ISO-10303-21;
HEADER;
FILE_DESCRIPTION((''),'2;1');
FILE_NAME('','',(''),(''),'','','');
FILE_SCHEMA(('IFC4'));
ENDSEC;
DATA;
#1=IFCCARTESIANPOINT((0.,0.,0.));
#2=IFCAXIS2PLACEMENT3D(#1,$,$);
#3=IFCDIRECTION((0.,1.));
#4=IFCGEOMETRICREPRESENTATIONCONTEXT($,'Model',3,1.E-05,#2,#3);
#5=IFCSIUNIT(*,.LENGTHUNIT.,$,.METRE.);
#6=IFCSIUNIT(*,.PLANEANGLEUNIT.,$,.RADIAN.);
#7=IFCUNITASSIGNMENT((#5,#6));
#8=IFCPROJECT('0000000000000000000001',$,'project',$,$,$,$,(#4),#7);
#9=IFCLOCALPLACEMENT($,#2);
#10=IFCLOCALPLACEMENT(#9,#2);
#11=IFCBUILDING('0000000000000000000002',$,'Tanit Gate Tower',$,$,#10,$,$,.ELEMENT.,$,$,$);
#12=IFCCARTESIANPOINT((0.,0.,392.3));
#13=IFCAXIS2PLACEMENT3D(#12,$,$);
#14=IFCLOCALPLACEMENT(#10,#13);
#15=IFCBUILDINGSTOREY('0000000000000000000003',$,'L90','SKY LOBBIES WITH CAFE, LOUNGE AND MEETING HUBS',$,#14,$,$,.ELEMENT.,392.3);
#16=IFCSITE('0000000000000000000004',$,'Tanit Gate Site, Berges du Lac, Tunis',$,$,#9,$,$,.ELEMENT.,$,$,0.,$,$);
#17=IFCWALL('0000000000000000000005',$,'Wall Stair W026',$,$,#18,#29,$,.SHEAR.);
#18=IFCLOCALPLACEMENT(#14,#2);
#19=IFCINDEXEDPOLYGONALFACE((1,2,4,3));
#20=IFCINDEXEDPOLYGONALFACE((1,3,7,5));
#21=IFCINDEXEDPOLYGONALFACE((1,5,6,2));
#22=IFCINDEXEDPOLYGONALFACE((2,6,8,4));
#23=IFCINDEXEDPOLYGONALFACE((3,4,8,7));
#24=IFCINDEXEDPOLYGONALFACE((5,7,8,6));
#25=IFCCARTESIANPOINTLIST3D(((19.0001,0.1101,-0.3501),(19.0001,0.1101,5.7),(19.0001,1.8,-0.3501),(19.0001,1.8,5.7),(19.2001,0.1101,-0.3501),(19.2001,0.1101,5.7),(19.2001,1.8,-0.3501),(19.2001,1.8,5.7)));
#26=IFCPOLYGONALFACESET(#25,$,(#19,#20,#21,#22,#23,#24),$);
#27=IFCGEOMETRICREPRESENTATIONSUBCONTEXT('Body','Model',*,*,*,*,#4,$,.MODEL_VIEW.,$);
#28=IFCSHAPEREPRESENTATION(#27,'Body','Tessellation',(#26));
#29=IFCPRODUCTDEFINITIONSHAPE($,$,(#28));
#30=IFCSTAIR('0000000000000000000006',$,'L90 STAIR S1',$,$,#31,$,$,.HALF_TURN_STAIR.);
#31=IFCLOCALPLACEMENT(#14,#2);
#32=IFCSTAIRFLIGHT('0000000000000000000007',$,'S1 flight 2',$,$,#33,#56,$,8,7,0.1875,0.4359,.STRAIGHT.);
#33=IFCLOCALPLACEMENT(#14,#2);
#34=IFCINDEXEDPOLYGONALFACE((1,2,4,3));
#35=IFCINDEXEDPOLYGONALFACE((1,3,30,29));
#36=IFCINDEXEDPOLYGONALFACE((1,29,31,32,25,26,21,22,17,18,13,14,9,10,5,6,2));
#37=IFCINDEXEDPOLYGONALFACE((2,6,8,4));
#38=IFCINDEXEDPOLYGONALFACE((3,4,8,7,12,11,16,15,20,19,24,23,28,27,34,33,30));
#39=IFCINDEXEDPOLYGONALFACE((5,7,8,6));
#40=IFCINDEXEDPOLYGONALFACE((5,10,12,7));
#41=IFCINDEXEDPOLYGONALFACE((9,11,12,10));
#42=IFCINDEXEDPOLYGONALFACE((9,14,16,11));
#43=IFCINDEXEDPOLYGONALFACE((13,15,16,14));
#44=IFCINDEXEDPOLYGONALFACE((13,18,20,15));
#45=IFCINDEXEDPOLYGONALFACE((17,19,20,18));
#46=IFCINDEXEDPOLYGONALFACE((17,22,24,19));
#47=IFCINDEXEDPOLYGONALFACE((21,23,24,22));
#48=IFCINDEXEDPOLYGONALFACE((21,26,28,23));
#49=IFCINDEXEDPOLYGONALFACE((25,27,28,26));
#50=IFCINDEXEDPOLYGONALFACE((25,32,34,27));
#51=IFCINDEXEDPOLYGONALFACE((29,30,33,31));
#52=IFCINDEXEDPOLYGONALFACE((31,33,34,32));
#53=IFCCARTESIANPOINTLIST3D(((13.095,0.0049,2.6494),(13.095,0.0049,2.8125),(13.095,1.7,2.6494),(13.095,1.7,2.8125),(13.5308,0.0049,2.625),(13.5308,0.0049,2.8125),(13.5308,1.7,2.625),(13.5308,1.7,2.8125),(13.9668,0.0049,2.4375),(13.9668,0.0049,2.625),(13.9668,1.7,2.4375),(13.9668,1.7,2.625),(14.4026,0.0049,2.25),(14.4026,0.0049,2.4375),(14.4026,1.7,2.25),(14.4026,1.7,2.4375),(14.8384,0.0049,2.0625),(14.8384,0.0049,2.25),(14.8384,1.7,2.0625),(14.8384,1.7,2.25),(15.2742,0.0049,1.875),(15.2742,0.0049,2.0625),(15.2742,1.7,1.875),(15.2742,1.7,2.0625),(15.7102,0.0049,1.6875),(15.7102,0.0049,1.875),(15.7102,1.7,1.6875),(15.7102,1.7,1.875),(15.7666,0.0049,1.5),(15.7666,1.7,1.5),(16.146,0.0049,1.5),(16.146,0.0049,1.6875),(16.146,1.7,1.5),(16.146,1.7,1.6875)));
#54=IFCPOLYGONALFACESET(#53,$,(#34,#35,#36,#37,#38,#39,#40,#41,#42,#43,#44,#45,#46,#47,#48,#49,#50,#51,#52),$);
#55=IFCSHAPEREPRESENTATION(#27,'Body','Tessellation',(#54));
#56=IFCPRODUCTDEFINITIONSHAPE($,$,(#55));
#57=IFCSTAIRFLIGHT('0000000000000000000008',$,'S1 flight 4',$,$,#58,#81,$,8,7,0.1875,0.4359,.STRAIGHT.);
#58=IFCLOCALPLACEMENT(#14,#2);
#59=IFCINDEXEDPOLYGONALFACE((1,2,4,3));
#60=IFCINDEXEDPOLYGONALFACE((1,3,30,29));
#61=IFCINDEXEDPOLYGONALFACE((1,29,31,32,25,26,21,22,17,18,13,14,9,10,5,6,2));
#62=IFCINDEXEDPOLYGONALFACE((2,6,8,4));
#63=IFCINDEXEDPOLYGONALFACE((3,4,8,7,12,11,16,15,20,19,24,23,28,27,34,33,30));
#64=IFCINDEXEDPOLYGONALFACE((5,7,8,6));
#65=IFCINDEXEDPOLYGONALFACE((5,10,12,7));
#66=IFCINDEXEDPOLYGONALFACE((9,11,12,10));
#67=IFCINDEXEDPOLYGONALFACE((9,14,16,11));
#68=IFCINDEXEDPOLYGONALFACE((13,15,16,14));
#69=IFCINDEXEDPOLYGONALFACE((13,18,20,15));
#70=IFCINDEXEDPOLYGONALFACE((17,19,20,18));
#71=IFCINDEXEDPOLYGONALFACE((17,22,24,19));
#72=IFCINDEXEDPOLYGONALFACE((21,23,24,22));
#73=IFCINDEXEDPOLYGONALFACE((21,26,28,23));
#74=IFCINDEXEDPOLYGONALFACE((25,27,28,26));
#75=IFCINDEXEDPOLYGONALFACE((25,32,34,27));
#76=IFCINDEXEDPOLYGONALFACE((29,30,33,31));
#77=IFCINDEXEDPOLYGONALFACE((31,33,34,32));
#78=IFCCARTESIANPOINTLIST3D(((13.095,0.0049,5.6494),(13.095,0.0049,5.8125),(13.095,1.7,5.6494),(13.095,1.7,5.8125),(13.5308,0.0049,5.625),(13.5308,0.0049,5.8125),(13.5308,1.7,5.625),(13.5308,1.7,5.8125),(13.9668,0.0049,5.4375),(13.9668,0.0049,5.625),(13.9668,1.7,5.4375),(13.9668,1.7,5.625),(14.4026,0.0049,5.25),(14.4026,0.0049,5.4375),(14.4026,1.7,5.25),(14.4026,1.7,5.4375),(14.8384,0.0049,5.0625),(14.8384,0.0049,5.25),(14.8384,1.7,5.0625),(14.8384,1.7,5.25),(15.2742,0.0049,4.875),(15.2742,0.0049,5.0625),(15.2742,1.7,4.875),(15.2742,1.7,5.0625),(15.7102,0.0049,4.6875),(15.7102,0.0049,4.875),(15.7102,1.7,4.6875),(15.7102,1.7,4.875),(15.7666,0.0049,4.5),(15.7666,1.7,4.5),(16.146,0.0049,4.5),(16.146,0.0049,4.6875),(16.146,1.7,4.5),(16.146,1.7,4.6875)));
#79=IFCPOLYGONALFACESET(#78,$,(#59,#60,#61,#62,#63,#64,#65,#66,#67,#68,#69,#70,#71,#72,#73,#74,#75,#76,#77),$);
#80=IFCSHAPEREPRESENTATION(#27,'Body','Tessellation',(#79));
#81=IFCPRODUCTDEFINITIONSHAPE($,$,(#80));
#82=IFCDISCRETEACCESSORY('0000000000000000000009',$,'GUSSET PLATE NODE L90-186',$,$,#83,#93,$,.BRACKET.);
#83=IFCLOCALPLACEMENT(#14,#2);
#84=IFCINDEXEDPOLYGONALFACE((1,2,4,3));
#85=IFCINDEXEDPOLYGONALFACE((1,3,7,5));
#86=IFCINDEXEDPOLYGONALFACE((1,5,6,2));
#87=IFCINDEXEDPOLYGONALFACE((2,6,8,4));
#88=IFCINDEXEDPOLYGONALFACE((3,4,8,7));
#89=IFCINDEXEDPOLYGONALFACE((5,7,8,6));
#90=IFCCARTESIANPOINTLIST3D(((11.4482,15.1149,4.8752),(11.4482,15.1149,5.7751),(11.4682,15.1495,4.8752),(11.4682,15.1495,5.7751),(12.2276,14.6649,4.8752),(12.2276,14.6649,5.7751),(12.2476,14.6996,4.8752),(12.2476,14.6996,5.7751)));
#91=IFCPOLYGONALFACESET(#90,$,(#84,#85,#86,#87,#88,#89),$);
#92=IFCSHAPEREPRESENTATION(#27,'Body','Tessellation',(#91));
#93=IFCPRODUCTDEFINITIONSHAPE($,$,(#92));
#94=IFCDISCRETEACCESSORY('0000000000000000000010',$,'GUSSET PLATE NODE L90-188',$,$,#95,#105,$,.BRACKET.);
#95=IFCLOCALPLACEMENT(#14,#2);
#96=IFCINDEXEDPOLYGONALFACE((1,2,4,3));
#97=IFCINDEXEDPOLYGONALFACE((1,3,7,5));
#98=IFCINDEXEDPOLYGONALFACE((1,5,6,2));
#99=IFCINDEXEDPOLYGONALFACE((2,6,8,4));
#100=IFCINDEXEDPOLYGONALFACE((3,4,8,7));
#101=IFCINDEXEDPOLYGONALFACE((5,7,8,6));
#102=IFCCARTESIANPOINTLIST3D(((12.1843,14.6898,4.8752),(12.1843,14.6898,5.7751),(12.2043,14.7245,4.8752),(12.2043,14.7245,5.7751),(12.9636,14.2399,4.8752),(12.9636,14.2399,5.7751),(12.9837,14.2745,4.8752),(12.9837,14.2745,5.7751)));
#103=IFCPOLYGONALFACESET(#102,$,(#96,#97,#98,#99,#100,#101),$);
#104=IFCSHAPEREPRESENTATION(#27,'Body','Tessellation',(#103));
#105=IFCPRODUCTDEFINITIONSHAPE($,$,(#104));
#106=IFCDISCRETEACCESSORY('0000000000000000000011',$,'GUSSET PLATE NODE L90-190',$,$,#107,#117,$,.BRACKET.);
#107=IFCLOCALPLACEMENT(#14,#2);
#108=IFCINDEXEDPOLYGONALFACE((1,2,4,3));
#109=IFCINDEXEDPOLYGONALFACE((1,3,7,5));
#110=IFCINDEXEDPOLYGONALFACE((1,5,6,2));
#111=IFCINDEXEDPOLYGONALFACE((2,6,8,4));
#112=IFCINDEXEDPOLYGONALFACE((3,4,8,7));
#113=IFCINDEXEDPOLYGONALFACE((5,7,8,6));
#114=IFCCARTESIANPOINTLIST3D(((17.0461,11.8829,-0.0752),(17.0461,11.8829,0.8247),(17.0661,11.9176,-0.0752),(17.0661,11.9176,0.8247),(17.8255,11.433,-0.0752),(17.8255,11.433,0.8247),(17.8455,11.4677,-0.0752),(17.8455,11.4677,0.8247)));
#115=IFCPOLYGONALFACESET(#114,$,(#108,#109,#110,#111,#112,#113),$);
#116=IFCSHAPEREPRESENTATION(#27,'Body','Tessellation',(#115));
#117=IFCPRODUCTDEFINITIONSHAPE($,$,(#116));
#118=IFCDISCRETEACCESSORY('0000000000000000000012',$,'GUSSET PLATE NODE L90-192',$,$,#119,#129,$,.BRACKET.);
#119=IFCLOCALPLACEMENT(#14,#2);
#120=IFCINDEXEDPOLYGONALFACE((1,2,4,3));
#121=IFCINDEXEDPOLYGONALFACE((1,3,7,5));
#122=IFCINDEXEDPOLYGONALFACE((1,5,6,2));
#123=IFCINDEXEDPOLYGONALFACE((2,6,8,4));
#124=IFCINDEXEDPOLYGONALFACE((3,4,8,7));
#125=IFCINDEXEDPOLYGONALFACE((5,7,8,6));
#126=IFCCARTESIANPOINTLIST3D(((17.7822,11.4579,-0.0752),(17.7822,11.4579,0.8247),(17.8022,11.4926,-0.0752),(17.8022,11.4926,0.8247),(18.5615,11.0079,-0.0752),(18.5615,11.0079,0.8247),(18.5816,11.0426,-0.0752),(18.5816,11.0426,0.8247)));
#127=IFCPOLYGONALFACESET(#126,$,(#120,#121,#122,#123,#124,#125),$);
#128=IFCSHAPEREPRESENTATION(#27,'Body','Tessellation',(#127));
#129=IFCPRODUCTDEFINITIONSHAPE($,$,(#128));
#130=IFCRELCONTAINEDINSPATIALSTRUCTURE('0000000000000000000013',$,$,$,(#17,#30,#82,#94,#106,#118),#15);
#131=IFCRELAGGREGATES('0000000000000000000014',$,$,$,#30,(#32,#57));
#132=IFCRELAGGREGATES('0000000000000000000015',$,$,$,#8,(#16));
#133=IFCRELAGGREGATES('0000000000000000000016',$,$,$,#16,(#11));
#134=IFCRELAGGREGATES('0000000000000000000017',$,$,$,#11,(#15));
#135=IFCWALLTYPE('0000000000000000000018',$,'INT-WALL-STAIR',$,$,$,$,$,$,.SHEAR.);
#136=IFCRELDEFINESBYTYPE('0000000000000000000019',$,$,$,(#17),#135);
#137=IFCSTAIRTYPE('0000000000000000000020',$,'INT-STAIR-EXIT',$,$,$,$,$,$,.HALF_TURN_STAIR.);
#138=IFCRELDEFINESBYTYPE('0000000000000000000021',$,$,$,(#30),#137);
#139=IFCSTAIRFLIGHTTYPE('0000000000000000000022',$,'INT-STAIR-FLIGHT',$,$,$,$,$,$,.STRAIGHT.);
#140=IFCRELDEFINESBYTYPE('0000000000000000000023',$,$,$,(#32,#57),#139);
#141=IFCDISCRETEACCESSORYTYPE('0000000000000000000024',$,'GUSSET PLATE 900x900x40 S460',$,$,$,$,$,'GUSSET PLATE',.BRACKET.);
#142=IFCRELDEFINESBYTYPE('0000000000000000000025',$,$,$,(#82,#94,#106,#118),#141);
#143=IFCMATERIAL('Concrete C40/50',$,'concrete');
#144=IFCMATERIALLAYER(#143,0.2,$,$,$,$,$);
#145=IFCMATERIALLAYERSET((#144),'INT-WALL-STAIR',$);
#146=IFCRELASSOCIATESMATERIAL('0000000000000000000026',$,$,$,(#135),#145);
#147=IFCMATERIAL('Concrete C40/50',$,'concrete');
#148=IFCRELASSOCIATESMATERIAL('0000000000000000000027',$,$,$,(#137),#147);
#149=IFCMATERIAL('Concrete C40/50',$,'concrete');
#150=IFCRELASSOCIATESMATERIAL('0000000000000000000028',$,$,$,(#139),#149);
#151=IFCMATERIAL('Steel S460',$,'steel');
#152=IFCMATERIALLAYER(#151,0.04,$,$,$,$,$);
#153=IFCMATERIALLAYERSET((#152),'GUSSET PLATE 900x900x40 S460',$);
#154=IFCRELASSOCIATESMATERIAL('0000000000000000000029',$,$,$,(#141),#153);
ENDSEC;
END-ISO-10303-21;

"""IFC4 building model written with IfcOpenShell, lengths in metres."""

from ifc_helpers import new_model, si_unit, direction, frame, frame_2d, origin, origin_2d, place, context, subcontext, project, spatial, polyline, rectangle, outline, extrude, material, layer, layer_set, type_object, element, aggregate, save


model = new_model("IFC4")

# Units and contexts
model_context = context("Model", 3, precision=1e-05, world=origin(), true_north=direction((0.0, 1.0)))
body_context = subcontext(model_context, "Body", "Model", "MODEL_VIEW")
ifc_project = project(units=[si_unit("LENGTHUNIT", "METRE"), si_unit("PLANEANGLEUNIT", "RADIAN")], contexts=[model_context])

# Site, building, storey
site_placement = place(None, origin())
site = spatial("IfcSite", under=ifc_project, at=site_placement, Name="Tanit Gate Site, Berges du Lac, Tunis", CompositionType="ELEMENT", RefElevation=0.0)
building_placement = place(site_placement, origin())
building = spatial("IfcBuilding", under=site, at=building_placement, Name="Tanit Gate Tower", CompositionType="ELEMENT")
storey_placement = place(building_placement, frame((0.0, 0.0, 392.3)))
storey = spatial("IfcBuildingStorey", under=building, at=storey_placement, Name="L90", Description="SKY LOBBIES WITH CAFE, LOUNGE AND MEETING HUBS", CompositionType="ELEMENT", Elevation=392.3)

# Wall
ifc_material_1 = material(Name="Concrete C40/50", Category="concrete")
ifc_layer_1 = layer(ifc_material_1, 0.2)
ifc_layer_set_1 = layer_set([ifc_layer_1], Name="INT-WALL-STAIR")
wall_type_1 = type_object("IfcWallType", Name="INT-WALL-STAIR", PredefinedType="SHEAR", material=ifc_layer_set_1)
wall_1_placement = place(storey_placement, frame((19.1001, 0.1101, -0.3501), z_axis=(0.0, 0.0, 1.0), x_axis=(0.0, 1.0, 0.0)))
element("IfcWall", 1, at=wall_1_placement, inside=storey, type_object=wall_type_1, Name="Wall Stair W026", PredefinedType="SHEAR", context=body_context, shape_type="SweptSolid", body=[
    extrude(rectangle(XDim=1.6899, YDim=0.2, at=frame_2d((0.845, 0.0))), origin(), (0.0, 0.0, 1.0), 6.05),
])

# Stair, stair flights
ifc_material_2 = material(Name="Concrete C40/50", Category="concrete")
stair_type = type_object("IfcStairType", Name="INT-STAIR-EXIT", PredefinedType="HALF_TURN_STAIR", material=ifc_material_2)
stair_placement = place(storey_placement, origin())
stair = element("IfcStair", 2, at=stair_placement, inside=storey, type_object=stair_type, Name="L90 STAIR S1", PredefinedType="HALF_TURN_STAIR")
ifc_material_3 = material(Name="Concrete C40/50", Category="concrete")
stair_flight_type = type_object("IfcStairFlightType", Name="INT-STAIR-FLIGHT", PredefinedType="STRAIGHT", material=ifc_material_3)
stair_flight_1_placement = place(storey_placement, frame((16.146, 0.8525, 1.5), z_axis=(0.0, 0.0, 1.0), x_axis=(-1.0, 0.0, 0.0)))
stair_flight_1 = element("IfcStairFlight", 3, at=stair_flight_1_placement, type_object=stair_flight_type, Name="S1 flight 2", NumberOfRisers=8, NumberOfTreads=7, PredefinedType="STRAIGHT", RiserHeight=0.1875, TreadLength=0.4359, context=body_context, shape_type="SweptSolid", body=[
    extrude(outline(polyline([(0.0, 0.0), (0.0, 0.1875), (0.4358, 0.1875), (0.4358, 0.375), (0.8718, 0.375), (0.8718, 0.5625), (1.3076, 0.5625), (1.3076, 0.75), (1.7434, 0.75), (1.7434, 0.9375), (2.1792, 0.9375), (2.1792, 1.125), (2.6152, 1.125), (2.6152, 1.3125), (3.051, 1.3125), (3.051, 1.5), (3.051, 1.1494), (0.3794, 0.0), (0.0, 0.0)])), frame((0.0, 0.8477, 0.0), z_axis=(0.0, -1.0, 0.0), x_axis=(1.0, 0.0, 0.0)), (0.0, 0.0, 1.0), 1.6951),
])
stair_flight_2_placement = place(storey_placement, frame((16.146, 0.8525, 4.5), z_axis=(0.0, 0.0, 1.0), x_axis=(-1.0, 0.0, 0.0)))
stair_flight_2 = element("IfcStairFlight", 4, at=stair_flight_2_placement, type_object=stair_flight_type, Name="S1 flight 4", NumberOfRisers=8, NumberOfTreads=7, PredefinedType="STRAIGHT", RiserHeight=0.1875, TreadLength=0.4359, context=body_context, shape_type="SweptSolid", body=[
    extrude(outline(polyline([(0.0, 0.0), (0.0, 0.1875), (0.4358, 0.1875), (0.4358, 0.375), (0.8718, 0.375), (0.8718, 0.5625), (1.3076, 0.5625), (1.3076, 0.75), (1.7434, 0.75), (1.7434, 0.9375), (2.1792, 0.9375), (2.1792, 1.125), (2.6152, 1.125), (2.6152, 1.3125), (3.051, 1.3125), (3.051, 1.5), (3.051, 1.1494), (0.3794, 0.0), (0.0, 0.0)])), frame((0.0, 0.8477, 0.0), z_axis=(0.0, -1.0, 0.0), x_axis=(1.0, 0.0, 0.0)), (0.0, 0.0, 1.0), 1.6951),
])
aggregate(stair, [stair_flight_1, stair_flight_2])

# Discrete accessories
ifc_material_4 = material(Name="Steel S460", Category="steel")
ifc_layer_2 = layer(ifc_material_4, 0.04)
ifc_layer_set_2 = layer_set([ifc_layer_2], Name="GUSSET PLATE 900x900x40 S460")
discrete_accessory_type = type_object("IfcDiscreteAccessoryType", Name="GUSSET PLATE 900x900x40 S460", ElementType="GUSSET PLATE", PredefinedType="BRACKET", material=ifc_layer_set_2)
for number, where, z_axis, x_axis, name in (
    (5, (11.8479, 14.9072, 4.8752), (0.0, 0.0, 1.0), (-0.866025, 0.5, 0.0), "GUSSET PLATE NODE L90-186"),
    (6, (12.584, 14.4822, 4.8752), (0.0, 0.0, 1.0), (0.866025, -0.5, 0.0), "GUSSET PLATE NODE L90-188"),
    (7, (17.4458, 11.6753, -0.0752), (0.0, 0.0, 1.0), (-0.866025, 0.5, 0.0), "GUSSET PLATE NODE L90-190"),
    (8, (18.1819, 11.2502, -0.0752), (0.0, 0.0, 1.0), (0.866025, -0.5, 0.0), "GUSSET PLATE NODE L90-192"),
):
    element("IfcDiscreteAccessory", number, at=place(storey_placement, frame(where, z_axis=z_axis, x_axis=x_axis)), inside=storey, type_object=discrete_accessory_type, Name=name, PredefinedType="BRACKET", context=body_context, shape_type="SweptSolid", body=[
        extrude(rectangle(XDim=0.8999, YDim=0.04, at=origin_2d()), origin(), (0.0, 0.0, 1.0), 0.8999),
    ])

save(model, "model.ifc")
